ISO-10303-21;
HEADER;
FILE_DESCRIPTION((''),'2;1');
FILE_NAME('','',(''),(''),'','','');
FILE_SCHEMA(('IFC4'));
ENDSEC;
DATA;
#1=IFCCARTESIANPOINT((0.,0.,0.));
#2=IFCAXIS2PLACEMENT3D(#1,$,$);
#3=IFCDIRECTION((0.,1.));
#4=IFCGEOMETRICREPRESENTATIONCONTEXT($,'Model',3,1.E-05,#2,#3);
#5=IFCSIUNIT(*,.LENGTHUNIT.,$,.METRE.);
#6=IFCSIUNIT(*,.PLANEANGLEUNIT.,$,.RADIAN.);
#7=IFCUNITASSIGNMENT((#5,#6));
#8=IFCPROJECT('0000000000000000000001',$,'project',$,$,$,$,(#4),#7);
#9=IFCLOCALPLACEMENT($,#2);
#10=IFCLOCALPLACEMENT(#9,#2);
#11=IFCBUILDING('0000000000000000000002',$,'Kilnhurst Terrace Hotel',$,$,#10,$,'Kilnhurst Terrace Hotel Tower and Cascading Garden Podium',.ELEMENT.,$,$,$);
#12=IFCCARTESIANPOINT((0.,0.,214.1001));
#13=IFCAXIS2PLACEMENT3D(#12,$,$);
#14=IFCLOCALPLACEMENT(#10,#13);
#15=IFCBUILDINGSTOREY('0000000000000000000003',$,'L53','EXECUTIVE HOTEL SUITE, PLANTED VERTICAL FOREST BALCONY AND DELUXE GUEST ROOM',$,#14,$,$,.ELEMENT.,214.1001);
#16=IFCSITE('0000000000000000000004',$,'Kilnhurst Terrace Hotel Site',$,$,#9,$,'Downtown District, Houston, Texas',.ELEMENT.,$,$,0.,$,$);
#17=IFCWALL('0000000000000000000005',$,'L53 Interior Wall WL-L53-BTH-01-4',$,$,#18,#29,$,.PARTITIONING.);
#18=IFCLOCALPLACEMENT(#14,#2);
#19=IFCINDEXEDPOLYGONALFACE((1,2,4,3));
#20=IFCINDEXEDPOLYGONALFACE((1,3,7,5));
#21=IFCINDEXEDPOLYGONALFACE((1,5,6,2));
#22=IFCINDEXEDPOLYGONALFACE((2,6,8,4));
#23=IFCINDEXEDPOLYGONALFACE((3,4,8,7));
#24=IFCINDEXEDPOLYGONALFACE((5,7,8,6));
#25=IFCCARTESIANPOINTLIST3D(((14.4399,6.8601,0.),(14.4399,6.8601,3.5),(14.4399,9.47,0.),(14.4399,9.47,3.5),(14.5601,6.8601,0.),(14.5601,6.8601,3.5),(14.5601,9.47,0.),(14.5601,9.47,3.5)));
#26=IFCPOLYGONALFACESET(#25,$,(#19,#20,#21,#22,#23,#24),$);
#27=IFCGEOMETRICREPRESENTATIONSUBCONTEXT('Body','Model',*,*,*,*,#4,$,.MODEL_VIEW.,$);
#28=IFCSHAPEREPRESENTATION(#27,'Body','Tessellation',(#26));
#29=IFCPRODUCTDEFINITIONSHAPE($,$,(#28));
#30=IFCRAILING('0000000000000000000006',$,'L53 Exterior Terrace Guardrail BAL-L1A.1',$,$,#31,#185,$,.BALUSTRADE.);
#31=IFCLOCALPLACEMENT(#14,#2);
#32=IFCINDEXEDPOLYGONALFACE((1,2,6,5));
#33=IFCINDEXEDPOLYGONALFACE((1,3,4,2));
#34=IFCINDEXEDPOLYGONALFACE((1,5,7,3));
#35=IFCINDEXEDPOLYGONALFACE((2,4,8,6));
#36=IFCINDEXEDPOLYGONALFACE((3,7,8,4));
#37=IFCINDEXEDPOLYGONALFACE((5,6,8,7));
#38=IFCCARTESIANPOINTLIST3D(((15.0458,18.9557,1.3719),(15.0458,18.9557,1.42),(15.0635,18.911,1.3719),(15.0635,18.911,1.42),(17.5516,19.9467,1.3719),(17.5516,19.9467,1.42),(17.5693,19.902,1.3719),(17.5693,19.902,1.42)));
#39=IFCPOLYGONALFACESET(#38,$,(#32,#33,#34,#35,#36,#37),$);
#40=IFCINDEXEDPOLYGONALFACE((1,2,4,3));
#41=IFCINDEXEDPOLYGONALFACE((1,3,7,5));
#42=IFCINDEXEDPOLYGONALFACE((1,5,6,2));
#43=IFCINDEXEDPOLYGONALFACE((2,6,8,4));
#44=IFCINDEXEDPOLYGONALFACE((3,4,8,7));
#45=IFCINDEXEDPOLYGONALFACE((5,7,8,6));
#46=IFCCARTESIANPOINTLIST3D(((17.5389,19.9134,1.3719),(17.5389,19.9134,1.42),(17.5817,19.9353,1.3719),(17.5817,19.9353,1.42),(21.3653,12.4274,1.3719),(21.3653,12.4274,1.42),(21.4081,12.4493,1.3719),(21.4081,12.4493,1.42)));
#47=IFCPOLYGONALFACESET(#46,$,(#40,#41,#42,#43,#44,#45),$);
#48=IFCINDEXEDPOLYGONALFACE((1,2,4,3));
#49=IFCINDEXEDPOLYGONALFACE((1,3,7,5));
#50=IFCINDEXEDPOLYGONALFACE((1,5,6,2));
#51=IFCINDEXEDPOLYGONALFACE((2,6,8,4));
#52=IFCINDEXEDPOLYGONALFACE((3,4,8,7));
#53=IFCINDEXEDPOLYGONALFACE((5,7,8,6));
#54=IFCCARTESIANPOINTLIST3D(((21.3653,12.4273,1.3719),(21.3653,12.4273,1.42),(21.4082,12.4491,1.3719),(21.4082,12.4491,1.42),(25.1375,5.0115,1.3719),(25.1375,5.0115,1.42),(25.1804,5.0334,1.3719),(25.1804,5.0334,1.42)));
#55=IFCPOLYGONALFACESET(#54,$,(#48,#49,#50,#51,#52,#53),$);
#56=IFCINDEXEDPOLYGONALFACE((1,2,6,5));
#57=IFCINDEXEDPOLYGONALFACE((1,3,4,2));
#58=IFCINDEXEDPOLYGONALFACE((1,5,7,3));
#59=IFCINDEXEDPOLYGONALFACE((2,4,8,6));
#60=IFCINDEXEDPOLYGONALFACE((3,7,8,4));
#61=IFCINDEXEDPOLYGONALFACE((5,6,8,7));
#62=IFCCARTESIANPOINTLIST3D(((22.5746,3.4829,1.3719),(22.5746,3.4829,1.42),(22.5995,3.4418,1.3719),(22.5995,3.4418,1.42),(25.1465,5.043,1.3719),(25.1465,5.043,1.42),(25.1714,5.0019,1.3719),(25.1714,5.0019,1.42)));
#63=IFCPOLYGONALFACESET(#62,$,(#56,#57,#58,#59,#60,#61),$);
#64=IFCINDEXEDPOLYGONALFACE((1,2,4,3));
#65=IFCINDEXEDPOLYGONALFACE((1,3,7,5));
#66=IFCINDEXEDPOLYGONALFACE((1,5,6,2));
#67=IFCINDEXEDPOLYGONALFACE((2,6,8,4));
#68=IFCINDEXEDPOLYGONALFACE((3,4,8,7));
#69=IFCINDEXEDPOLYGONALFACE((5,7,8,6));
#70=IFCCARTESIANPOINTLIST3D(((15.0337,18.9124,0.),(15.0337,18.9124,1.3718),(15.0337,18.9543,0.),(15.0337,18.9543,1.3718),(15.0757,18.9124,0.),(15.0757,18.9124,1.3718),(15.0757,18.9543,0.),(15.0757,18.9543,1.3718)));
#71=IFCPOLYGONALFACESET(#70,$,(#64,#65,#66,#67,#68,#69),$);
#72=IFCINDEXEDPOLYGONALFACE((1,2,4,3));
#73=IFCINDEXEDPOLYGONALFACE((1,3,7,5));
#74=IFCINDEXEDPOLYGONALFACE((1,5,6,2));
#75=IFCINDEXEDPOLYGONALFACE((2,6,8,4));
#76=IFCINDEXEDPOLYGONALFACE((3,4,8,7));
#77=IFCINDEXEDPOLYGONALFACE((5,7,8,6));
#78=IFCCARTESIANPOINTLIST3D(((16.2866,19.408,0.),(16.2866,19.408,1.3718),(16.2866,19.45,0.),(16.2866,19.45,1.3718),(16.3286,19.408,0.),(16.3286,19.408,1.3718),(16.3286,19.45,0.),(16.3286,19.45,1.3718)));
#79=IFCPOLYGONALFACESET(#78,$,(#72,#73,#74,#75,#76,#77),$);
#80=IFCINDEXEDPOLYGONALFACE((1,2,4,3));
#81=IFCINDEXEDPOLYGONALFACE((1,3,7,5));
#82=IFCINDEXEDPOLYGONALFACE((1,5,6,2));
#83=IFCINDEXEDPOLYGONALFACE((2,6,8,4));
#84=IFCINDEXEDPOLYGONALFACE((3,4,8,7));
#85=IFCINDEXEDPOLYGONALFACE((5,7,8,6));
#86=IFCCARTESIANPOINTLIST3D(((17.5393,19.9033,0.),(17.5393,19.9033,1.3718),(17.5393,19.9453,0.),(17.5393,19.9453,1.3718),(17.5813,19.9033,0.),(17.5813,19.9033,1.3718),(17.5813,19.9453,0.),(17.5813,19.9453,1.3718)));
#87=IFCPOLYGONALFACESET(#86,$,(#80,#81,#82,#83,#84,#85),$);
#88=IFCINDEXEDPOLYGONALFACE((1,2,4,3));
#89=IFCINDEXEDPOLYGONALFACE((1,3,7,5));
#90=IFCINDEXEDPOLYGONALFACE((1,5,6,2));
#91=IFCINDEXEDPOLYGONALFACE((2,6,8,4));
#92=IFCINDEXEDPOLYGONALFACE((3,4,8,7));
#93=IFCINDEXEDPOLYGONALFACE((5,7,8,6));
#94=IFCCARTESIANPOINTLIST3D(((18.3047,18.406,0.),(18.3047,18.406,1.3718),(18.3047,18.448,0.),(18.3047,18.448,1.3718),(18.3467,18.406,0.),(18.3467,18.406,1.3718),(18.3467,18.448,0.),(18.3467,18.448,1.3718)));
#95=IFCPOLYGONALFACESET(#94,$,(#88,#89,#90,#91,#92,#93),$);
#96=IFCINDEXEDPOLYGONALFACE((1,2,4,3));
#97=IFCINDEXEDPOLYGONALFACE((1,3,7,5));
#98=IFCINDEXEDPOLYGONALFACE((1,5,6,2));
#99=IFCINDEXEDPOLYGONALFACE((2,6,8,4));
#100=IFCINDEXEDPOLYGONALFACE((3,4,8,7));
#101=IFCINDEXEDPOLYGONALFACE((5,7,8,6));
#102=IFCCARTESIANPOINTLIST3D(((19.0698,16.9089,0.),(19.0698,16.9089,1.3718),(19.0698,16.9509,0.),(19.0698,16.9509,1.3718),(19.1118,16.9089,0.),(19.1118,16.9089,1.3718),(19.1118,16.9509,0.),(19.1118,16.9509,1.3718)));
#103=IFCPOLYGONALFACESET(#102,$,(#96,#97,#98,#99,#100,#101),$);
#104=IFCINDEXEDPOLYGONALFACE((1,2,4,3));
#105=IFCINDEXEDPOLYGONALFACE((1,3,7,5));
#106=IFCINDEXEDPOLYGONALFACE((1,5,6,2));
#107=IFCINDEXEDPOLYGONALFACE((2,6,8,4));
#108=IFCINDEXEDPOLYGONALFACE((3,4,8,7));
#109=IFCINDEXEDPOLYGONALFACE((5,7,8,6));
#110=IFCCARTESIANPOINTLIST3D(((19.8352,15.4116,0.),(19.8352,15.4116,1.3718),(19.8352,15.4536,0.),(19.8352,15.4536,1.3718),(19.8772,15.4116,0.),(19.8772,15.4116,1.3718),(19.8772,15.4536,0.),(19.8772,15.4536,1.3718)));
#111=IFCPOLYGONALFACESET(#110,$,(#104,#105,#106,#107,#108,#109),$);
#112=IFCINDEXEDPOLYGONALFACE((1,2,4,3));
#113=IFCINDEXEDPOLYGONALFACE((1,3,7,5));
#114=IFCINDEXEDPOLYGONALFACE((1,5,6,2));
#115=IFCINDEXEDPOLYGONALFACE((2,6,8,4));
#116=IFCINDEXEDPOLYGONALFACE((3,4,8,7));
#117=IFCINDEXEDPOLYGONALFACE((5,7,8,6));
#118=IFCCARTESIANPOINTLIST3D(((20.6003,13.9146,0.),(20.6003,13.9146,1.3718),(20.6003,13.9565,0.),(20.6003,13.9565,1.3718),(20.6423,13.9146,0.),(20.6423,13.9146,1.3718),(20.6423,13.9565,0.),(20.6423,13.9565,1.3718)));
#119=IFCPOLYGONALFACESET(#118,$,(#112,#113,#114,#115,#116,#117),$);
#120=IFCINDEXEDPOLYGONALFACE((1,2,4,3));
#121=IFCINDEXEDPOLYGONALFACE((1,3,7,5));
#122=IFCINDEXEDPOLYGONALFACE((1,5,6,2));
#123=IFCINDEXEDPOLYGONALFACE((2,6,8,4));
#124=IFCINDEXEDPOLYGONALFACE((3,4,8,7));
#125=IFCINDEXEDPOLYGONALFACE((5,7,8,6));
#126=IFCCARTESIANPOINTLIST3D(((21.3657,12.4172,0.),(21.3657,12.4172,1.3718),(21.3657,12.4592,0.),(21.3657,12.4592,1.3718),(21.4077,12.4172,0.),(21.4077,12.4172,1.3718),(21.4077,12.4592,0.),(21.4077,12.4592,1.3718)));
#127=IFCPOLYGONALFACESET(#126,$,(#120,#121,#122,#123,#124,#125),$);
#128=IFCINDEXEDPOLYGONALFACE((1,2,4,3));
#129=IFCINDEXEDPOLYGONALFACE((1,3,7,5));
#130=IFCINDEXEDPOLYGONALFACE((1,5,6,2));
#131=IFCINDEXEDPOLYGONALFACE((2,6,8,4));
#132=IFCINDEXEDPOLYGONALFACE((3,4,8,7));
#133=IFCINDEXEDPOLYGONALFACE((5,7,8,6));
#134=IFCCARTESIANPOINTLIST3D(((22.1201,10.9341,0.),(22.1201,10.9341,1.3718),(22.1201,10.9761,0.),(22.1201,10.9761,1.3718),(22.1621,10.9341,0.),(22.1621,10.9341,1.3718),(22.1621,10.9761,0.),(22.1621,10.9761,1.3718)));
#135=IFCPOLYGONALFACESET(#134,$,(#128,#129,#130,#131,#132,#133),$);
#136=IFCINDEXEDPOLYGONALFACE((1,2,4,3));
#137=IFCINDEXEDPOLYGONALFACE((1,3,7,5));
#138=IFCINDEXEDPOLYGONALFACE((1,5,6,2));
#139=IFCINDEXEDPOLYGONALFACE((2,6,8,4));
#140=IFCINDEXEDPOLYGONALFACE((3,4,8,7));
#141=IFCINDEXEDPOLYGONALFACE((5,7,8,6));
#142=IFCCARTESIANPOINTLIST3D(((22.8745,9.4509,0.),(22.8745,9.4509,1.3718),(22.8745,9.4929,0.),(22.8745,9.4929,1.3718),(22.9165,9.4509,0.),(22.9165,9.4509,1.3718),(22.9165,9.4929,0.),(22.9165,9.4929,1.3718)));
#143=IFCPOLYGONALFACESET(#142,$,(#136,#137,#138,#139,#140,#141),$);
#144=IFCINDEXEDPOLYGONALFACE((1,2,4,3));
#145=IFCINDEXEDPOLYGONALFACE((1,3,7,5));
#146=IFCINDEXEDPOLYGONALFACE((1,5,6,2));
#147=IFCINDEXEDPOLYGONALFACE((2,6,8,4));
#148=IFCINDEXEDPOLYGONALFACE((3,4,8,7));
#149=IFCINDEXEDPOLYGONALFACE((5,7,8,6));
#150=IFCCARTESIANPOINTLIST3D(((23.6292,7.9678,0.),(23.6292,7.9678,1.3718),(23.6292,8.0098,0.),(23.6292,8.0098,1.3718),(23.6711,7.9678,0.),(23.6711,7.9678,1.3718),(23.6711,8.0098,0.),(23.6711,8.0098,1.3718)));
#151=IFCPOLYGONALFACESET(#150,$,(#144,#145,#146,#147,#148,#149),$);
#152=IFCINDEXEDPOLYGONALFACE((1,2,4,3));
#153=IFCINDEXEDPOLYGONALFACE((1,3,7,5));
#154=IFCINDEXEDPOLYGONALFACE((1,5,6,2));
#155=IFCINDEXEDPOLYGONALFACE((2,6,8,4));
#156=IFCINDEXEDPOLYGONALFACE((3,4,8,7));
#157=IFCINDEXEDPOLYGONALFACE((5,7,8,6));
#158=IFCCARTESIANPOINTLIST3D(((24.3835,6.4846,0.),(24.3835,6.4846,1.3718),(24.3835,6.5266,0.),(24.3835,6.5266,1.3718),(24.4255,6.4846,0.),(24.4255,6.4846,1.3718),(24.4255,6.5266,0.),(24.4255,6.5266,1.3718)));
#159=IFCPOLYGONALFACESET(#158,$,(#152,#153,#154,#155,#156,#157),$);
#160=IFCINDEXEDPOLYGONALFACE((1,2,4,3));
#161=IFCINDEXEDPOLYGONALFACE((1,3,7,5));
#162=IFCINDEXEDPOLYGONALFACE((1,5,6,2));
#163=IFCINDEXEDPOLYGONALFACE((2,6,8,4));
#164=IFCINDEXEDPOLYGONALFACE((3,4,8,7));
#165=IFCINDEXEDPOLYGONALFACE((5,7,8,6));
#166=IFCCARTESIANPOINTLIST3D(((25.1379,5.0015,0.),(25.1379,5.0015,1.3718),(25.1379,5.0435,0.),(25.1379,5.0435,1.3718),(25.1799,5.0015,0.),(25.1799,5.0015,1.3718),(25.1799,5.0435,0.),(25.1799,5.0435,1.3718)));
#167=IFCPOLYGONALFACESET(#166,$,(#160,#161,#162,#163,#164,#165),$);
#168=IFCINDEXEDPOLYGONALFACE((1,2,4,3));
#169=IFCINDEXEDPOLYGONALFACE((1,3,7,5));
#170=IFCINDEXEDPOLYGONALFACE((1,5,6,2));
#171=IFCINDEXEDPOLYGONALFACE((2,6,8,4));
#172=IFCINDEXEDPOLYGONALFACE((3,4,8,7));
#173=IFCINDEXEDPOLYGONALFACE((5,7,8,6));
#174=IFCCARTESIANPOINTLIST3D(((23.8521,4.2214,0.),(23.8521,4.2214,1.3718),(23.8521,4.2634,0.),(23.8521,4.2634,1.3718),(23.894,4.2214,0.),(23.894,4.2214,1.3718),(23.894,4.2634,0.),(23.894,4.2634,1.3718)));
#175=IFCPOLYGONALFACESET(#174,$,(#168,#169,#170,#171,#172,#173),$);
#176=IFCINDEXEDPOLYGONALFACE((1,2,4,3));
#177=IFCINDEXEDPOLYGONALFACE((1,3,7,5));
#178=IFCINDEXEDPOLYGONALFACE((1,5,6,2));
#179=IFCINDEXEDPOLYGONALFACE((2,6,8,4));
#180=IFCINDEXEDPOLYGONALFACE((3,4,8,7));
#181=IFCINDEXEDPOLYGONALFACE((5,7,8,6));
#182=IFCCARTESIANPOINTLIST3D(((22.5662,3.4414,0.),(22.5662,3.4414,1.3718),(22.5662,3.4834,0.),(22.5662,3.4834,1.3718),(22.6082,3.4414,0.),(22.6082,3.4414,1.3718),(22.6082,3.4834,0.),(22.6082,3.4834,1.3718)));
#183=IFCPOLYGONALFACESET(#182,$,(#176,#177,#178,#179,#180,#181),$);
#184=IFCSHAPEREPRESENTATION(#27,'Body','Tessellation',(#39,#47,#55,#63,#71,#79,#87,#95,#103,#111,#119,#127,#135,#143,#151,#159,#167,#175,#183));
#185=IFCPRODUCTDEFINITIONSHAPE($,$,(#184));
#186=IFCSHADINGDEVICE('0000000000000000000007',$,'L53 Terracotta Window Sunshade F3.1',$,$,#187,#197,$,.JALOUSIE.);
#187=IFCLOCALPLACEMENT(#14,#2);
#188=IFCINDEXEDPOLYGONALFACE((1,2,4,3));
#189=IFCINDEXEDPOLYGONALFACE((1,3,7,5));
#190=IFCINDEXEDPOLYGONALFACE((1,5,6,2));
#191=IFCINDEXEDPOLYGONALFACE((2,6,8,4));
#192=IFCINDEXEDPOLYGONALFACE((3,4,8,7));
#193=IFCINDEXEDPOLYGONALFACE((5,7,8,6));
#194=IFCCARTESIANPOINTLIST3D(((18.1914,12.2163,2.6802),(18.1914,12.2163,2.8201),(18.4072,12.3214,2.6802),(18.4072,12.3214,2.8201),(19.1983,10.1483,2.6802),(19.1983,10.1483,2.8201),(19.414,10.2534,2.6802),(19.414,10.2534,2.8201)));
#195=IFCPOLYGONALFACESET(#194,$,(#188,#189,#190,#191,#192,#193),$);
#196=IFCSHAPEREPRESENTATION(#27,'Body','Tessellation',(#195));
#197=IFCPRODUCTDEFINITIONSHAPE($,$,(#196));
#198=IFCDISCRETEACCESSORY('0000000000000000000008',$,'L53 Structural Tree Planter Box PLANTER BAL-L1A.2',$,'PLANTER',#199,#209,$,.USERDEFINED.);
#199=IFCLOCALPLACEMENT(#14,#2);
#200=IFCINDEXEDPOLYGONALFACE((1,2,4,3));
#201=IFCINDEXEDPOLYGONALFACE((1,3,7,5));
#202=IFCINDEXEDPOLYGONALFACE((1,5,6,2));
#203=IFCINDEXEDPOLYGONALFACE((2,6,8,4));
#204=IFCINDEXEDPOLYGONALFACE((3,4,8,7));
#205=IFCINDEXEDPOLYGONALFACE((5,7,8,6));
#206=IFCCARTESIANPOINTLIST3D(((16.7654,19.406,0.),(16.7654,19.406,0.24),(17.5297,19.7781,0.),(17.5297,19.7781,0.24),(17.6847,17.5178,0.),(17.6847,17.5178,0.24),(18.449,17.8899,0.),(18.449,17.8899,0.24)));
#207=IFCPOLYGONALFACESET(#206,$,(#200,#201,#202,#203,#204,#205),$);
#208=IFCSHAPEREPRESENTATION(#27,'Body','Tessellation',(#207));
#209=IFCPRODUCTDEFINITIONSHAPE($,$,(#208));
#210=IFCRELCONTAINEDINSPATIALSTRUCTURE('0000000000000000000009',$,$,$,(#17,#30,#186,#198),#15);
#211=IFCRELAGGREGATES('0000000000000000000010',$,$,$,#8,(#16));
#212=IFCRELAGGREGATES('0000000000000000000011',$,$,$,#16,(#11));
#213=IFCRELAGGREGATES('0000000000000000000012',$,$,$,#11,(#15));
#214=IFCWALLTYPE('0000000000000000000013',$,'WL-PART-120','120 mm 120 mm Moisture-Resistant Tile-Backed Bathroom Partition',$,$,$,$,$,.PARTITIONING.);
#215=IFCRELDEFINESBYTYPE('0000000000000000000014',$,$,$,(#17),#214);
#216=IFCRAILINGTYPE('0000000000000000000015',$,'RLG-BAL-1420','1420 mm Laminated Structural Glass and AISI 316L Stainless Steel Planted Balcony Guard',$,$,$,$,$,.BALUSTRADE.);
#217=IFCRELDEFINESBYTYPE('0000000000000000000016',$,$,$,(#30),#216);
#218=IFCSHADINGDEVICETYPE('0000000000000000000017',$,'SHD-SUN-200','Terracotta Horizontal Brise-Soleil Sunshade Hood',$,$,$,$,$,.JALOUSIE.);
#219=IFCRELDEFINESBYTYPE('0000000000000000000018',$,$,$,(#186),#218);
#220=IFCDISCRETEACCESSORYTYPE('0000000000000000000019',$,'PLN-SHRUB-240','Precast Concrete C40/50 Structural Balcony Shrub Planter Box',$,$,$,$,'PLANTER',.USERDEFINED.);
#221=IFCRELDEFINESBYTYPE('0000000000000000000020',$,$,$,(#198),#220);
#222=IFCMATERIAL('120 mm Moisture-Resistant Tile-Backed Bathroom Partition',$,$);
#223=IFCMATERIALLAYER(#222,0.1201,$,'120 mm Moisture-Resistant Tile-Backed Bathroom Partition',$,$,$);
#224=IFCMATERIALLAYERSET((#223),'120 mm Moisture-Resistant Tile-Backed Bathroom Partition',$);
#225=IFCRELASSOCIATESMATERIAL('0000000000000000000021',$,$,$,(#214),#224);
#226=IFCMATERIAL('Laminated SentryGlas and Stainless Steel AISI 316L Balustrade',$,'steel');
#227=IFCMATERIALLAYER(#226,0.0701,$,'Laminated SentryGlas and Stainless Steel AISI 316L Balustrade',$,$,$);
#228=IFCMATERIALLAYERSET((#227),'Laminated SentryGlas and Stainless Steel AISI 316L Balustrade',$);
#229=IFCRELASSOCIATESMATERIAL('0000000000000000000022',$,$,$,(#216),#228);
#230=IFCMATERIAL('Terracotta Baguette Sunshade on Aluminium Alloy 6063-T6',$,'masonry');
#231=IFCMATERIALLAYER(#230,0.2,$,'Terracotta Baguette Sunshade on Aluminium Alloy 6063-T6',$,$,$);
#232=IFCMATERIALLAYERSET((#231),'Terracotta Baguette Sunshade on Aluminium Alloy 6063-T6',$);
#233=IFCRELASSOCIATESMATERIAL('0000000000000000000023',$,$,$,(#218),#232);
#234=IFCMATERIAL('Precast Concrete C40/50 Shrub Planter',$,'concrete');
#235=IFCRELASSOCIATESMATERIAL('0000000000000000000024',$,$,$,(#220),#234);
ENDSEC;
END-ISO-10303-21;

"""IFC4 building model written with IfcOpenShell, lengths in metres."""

from ifc_helpers import new_model, si_unit, direction, frame, frame_2d, origin, origin_2d, place, context, subcontext, project, spatial, rectangle, extrude, material, layer, layer_set, type_object, element, save


model = new_model("IFC4")

# Units and contexts
model_context = context("Model", 3, precision=1e-05, world=origin(), true_north=direction((0.0, 1.0)))
body_context = subcontext(model_context, "Body", "Model", "MODEL_VIEW")
ifc_project = project(units=[si_unit("LENGTHUNIT", "METRE"), si_unit("PLANEANGLEUNIT", "RADIAN")], contexts=[model_context])

# Site, building, storey
site_placement = place(None, origin())
site = spatial("IfcSite", under=ifc_project, at=site_placement, Name="Kilnhurst Terrace Hotel Site", LongName="Downtown District, Houston, Texas", CompositionType="ELEMENT", RefElevation=0.0)
building_placement = place(site_placement, origin())
building = spatial("IfcBuilding", under=site, at=building_placement, Name="Kilnhurst Terrace Hotel", LongName="Kilnhurst Terrace Hotel Tower and Cascading Garden Podium", CompositionType="ELEMENT")
storey_placement = place(building_placement, frame((0.0, 0.0, 214.1001)))
storey = spatial("IfcBuildingStorey", under=building, at=storey_placement, Name="L53", Description="EXECUTIVE HOTEL SUITE, PLANTED VERTICAL FOREST BALCONY AND DELUXE GUEST ROOM", CompositionType="ELEMENT", Elevation=214.1001)

# Wall
ifc_material_1 = material(Name="120 mm Moisture-Resistant Tile-Backed Bathroom Partition")
ifc_layer_1 = layer(ifc_material_1, 0.1201, Name="120 mm Moisture-Resistant Tile-Backed Bathroom Partition")
ifc_layer_set_1 = layer_set([ifc_layer_1], Name="120 mm Moisture-Resistant Tile-Backed Bathroom Partition")
wall_type_1 = type_object("IfcWallType", Name="WL-PART-120", Description="120 mm 120 mm Moisture-Resistant Tile-Backed Bathroom Partition", PredefinedType="PARTITIONING", material=ifc_layer_set_1)
wall_1_placement = place(storey_placement, frame((14.5, 9.47, 0.0), z_axis=(0.0, 0.0, 1.0), x_axis=(0.0, -1.0, 0.0)))
element("IfcWall", 1, at=wall_1_placement, inside=storey, type_object=wall_type_1, Name="L53 Interior Wall WL-L53-BTH-01-4", PredefinedType="PARTITIONING", context=body_context, shape_type="SweptSolid", body=[
    extrude(rectangle(XDim=2.6099, YDim=0.1201, at=frame_2d((1.3049, 0.0))), origin(), (0.0, 0.0, 1.0), 3.5),
])

# Railing
ifc_material_2 = material(Name="Laminated SentryGlas and Stainless Steel AISI 316L Balustrade", Category="steel")
ifc_layer_2 = layer(ifc_material_2, 0.0701, Name="Laminated SentryGlas and Stainless Steel AISI 316L Balustrade")
ifc_layer_set_2 = layer_set([ifc_layer_2], Name="Laminated SentryGlas and Stainless Steel AISI 316L Balustrade")
railing_type = type_object("IfcRailingType", Name="RLG-BAL-1420", Description="1420 mm Laminated Structural Glass and AISI 316L Stainless Steel Planted Balcony Guard", PredefinedType="BALUSTRADE", material=ifc_layer_set_2)
railing_placement = place(storey_placement, frame((15.0547, 18.9333, 0.0)))
element("IfcRailing", 2, at=railing_placement, inside=storey, type_object=railing_type, Name="L53 Exterior Terrace Guardrail BAL-L1A.1", PredefinedType="BALUSTRADE", context=body_context, shape_type="SweptSolid", body=[
    extrude(rectangle(XDim=0.0481, YDim=0.0481, at=origin_2d()), frame((0.0, 0.0, 1.396), z_axis=(0.929913, 0.367779, 0.0), x_axis=(-0.367779, 0.929913, 0.0)), (0.0, 0.0, 1.0), 2.6946),
    extrude(rectangle(XDim=0.0481, YDim=0.0481, at=origin_2d()), frame((2.5056, 0.991, 1.396), z_axis=(0.455129, -0.890425, 0.0), x_axis=(0.890425, 0.455129, 0.0)), (0.0, 0.0, 1.0), 8.4072),
    extrude(rectangle(XDim=0.0481, YDim=0.0481, at=origin_2d()), frame((6.332, -6.4951, 1.396), z_axis=(0.453389, -0.891313, 0.0), x_axis=(0.891313, 0.453389, 0.0)), (0.0, 0.0, 1.0), 8.3201),
    extrude(rectangle(XDim=0.0481, YDim=0.0481, at=origin_2d()), frame((10.1042, -13.9109, 1.396), z_axis=(-0.854991, -0.518643, 0.0), x_axis=(0.518643, -0.854991, 0.0)), (0.0, 0.0, 1.0), 3.0081),
    extrude(rectangle(XDim=0.042, YDim=0.042, at=origin_2d()), origin(), (0.0, 0.0, 1.0), 1.3718),
    extrude(rectangle(XDim=0.042, YDim=0.042, at=origin_2d()), frame((1.2529, 0.4956, 0.0)), (0.0, 0.0, 1.0), 1.3718),
    extrude(rectangle(XDim=0.042, YDim=0.042, at=origin_2d()), frame((2.5056, 0.991, 0.0)), (0.0, 0.0, 1.0), 1.3718),
    extrude(rectangle(XDim=0.042, YDim=0.042, at=origin_2d()), frame((3.271, -0.5063, 0.0)), (0.0, 0.0, 1.0), 1.3718),
    extrude(rectangle(XDim=0.042, YDim=0.042, at=origin_2d()), frame((4.0361, -2.0034, 0.0)), (0.0, 0.0, 1.0), 1.3718),
    extrude(rectangle(XDim=0.042, YDim=0.042, at=origin_2d()), frame((4.8015, -3.5007, 0.0)), (0.0, 0.0, 1.0), 1.3718),
    extrude(rectangle(XDim=0.042, YDim=0.042, at=origin_2d()), frame((5.5667, -4.9978, 0.0)), (0.0, 0.0, 1.0), 1.3718),
    extrude(rectangle(XDim=0.042, YDim=0.042, at=origin_2d()), frame((6.332, -6.4951, 0.0)), (0.0, 0.0, 1.0), 1.3718),
    extrude(rectangle(XDim=0.042, YDim=0.042, at=origin_2d()), frame((7.0864, -7.9783, 0.0)), (0.0, 0.0, 1.0), 1.3718),
    extrude(rectangle(XDim=0.042, YDim=0.042, at=origin_2d()), frame((7.8408, -9.4614, 0.0)), (0.0, 0.0, 1.0), 1.3718),
    extrude(rectangle(XDim=0.042, YDim=0.042, at=origin_2d()), frame((8.5955, -10.9446, 0.0)), (0.0, 0.0, 1.0), 1.3718),
    extrude(rectangle(XDim=0.042, YDim=0.042, at=origin_2d()), frame((9.3499, -12.4277, 0.0)), (0.0, 0.0, 1.0), 1.3718),
    extrude(rectangle(XDim=0.042, YDim=0.042, at=origin_2d()), frame((10.1042, -13.9109, 0.0)), (0.0, 0.0, 1.0), 1.3718),
    extrude(rectangle(XDim=0.042, YDim=0.042, at=origin_2d()), frame((8.8184, -14.6909, 0.0)), (0.0, 0.0, 1.0), 1.3718),
    extrude(rectangle(XDim=0.042, YDim=0.042, at=origin_2d()), frame((7.5325, -15.4709, 0.0)), (0.0, 0.0, 1.0), 1.3718),
])

# Shading device
ifc_material_3 = material(Name="Terracotta Baguette Sunshade on Aluminium Alloy 6063-T6", Category="masonry")
ifc_layer_3 = layer(ifc_material_3, 0.2, Name="Terracotta Baguette Sunshade on Aluminium Alloy 6063-T6")
ifc_layer_set_3 = layer_set([ifc_layer_3], Name="Terracotta Baguette Sunshade on Aluminium Alloy 6063-T6")
shading_device_type = type_object("IfcShadingDeviceType", Name="SHD-SUN-200", Description="Terracotta Horizontal Brise-Soleil Sunshade Hood", PredefinedType="JALOUSIE", material=ifc_layer_set_3)
shading_device_placement = place(storey_placement, frame((18.8027, 11.2349, 2.6802), z_axis=(0.0, 0.0, 1.0), x_axis=(-0.437744, 0.8991, 0.0)))
element("IfcShadingDevice", 3, at=shading_device_placement, inside=storey, type_object=shading_device_type, Name="L53 Terracotta Window Sunshade F3.1", PredefinedType="JALOUSIE", context=body_context, shape_type="SweptSolid", body=[
    extrude(rectangle(XDim=2.3, YDim=0.24, at=origin_2d()), origin(), (0.0, 0.0, 1.0), 0.1399),
])

# Discrete accessory
ifc_material_4 = material(Name="Precast Concrete C40/50 Shrub Planter", Category="concrete")
discrete_accessory_type_1 = type_object("IfcDiscreteAccessoryType", Name="PLN-SHRUB-240", Description="Precast Concrete C40/50 Structural Balcony Shrub Planter Box", ElementType="PLANTER", PredefinedType="USERDEFINED", material=ifc_material_4)
discrete_accessory_1_placement = place(storey_placement, frame((17.6072, 18.6479, 0.0), z_axis=(0.0, 0.0, 1.0), x_axis=(-0.437744, 0.8991, 0.0)))
element("IfcDiscreteAccessory", 4, at=discrete_accessory_1_placement, inside=storey, type_object=discrete_accessory_type_1, Name="L53 Structural Tree Planter Box PLANTER BAL-L1A.2", ObjectType="PLANTER", PredefinedType="USERDEFINED", context=body_context, shape_type="SweptSolid", body=[
    extrude(rectangle(XDim=2.1001, YDim=0.8501, at=origin_2d()), origin(), (0.0, 0.0, 1.0), 0.24),
])

save(model, "model.ifc")
